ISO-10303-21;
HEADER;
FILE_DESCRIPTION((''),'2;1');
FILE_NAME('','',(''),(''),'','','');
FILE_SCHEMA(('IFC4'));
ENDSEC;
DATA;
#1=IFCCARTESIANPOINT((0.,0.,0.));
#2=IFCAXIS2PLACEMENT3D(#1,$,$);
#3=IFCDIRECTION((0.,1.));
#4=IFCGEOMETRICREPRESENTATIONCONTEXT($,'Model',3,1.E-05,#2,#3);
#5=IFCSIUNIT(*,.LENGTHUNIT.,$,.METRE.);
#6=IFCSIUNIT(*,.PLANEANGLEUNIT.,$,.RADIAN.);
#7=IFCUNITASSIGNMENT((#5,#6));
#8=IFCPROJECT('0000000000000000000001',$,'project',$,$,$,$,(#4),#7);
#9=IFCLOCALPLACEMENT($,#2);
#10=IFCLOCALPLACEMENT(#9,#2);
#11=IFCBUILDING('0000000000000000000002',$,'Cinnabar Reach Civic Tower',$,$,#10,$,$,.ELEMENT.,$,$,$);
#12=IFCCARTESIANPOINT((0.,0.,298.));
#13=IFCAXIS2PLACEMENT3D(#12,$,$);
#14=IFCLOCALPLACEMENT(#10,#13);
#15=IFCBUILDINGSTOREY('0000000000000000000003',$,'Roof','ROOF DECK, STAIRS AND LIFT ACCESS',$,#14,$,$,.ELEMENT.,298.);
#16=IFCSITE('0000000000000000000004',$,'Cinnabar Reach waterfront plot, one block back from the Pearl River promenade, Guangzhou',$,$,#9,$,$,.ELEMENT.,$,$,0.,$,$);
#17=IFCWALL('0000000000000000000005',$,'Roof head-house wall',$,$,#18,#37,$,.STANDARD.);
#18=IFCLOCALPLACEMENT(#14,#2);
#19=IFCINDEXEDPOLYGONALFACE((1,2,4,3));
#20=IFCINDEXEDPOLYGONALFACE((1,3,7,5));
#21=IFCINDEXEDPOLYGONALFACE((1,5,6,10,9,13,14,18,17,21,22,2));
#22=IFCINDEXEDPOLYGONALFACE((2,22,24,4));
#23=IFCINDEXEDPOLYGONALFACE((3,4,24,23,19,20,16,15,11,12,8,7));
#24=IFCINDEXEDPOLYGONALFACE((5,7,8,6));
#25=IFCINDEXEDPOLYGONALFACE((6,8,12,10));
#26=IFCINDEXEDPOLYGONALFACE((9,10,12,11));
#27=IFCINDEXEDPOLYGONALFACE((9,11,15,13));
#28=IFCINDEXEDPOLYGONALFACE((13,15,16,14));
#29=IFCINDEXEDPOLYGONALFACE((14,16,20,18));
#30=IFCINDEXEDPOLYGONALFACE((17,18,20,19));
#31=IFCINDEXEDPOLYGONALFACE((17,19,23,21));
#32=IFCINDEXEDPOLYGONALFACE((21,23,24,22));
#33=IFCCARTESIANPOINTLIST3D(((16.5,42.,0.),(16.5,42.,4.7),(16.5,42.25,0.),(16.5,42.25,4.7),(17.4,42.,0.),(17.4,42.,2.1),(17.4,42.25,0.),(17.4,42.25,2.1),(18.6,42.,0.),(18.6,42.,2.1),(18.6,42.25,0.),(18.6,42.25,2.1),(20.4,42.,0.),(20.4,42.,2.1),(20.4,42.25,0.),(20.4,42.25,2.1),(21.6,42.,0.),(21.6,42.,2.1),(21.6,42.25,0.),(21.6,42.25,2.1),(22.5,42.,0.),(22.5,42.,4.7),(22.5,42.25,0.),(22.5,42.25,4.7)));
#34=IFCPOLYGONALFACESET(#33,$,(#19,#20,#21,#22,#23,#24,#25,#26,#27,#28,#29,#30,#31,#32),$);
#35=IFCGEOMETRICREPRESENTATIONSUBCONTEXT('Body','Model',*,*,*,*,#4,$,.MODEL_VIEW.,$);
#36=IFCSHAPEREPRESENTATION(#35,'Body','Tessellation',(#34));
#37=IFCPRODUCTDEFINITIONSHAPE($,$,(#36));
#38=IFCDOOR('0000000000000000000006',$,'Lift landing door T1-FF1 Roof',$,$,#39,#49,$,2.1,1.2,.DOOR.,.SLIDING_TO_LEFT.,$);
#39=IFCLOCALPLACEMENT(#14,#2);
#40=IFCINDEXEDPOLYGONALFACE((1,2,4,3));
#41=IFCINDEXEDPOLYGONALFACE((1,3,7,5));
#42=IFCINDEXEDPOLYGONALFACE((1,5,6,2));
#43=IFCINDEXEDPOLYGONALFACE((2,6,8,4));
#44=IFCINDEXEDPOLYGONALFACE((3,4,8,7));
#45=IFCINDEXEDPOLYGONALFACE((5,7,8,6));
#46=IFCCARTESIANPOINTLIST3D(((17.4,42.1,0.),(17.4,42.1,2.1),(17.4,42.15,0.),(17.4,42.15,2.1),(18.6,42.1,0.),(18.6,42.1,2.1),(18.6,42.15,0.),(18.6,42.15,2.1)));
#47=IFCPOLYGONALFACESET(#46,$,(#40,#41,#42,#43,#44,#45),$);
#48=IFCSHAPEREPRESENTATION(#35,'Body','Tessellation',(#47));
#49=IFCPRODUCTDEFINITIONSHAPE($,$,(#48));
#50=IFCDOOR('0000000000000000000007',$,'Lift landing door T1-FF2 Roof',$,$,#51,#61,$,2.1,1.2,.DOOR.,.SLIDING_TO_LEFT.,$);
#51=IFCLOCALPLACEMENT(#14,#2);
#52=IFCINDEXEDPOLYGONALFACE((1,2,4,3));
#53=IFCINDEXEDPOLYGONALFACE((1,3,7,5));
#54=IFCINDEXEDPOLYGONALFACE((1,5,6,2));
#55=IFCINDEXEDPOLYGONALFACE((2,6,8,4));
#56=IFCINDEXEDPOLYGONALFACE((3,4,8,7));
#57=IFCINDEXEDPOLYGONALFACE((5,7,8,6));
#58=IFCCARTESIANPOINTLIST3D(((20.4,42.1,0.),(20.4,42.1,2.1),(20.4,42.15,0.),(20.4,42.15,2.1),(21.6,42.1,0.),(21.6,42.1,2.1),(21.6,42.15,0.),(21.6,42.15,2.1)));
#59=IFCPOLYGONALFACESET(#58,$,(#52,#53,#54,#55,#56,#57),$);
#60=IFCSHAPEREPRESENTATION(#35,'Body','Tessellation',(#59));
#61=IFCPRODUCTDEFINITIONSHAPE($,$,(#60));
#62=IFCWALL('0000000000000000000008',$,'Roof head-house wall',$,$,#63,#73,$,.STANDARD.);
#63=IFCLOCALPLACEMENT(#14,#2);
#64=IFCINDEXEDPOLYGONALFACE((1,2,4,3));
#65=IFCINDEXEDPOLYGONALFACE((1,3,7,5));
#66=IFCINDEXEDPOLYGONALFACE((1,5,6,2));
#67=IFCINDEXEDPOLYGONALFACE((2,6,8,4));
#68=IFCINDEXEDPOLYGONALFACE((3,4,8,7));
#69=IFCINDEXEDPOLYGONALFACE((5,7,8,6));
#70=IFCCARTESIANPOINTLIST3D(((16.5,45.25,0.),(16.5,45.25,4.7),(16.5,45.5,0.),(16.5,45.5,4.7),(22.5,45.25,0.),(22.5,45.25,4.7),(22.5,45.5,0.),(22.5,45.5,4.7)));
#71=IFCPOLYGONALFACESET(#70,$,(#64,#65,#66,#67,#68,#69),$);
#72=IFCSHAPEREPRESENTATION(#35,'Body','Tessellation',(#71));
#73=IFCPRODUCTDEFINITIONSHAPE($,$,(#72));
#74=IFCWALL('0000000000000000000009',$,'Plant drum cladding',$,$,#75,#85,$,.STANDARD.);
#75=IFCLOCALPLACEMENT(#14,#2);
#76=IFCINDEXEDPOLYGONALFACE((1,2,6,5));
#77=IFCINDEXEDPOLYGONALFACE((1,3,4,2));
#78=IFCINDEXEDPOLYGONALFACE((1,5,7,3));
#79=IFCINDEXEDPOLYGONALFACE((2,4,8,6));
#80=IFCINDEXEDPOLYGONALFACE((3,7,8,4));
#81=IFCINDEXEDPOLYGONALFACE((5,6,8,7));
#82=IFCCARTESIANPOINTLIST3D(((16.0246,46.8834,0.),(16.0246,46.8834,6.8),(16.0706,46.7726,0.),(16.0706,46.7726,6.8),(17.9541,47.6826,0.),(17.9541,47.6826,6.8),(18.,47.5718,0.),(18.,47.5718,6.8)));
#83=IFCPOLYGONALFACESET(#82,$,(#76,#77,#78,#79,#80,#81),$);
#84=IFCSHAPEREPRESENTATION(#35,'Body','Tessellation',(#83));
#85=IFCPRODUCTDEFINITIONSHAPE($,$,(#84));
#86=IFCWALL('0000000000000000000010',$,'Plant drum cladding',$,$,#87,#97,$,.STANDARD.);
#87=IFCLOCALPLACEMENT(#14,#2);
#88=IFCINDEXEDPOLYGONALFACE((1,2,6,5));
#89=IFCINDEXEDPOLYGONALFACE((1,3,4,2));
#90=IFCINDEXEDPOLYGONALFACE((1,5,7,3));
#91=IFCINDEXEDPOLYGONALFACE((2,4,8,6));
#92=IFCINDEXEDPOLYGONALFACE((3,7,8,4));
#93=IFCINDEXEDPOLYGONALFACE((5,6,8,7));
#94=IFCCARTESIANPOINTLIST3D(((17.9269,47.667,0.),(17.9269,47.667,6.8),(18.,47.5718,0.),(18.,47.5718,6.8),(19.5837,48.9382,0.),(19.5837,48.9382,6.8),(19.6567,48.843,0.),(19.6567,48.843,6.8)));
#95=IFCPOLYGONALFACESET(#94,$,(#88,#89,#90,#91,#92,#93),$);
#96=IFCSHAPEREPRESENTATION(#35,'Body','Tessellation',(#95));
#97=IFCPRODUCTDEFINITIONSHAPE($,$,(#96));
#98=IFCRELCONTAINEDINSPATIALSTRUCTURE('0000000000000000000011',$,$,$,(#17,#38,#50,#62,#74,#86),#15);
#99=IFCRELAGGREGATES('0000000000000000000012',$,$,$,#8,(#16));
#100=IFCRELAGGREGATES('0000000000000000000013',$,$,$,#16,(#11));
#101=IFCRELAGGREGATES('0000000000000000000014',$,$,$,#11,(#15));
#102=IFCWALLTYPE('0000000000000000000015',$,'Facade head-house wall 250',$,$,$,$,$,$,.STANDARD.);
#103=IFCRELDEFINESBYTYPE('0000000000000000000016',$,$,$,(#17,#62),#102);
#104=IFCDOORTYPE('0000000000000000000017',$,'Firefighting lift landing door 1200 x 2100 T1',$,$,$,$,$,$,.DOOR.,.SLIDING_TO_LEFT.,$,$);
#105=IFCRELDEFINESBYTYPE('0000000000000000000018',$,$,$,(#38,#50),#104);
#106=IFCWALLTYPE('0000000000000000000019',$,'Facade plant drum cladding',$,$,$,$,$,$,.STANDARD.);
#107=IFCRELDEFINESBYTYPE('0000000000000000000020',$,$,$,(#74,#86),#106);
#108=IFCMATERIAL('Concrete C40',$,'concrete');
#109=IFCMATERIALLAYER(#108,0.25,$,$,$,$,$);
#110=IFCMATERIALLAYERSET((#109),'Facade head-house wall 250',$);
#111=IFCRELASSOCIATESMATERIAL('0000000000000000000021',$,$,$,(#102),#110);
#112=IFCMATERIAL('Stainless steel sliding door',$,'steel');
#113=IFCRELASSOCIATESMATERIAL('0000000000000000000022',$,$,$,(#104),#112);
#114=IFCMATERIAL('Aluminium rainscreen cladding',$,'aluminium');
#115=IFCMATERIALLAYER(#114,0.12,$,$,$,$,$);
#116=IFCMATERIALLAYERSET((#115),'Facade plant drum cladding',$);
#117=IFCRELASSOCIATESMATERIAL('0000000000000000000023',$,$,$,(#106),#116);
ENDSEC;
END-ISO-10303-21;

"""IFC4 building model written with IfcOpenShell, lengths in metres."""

from ifc_helpers import new_model, si_unit, direction, frame, frame_2d, origin, place, context, subcontext, project, spatial, rectangle, extrude, material, layer, layer_set, type_object, element, fill, save


model = new_model("IFC4")

# Units and contexts
model_context = context("Model", 3, precision=1e-05, world=origin(), true_north=direction((0.0, 1.0)))
body_context = subcontext(model_context, "Body", "Model", "MODEL_VIEW")
ifc_project = project(units=[si_unit("LENGTHUNIT", "METRE"), si_unit("PLANEANGLEUNIT", "RADIAN")], contexts=[model_context])

# Site, building, storey
site_placement = place(None, origin())
site = spatial("IfcSite", under=ifc_project, at=site_placement, Name="Cinnabar Reach waterfront plot, one block back from the Pearl River promenade, Guangzhou", CompositionType="ELEMENT", RefElevation=0.0)
building_placement = place(site_placement, origin())
building = spatial("IfcBuilding", under=site, at=building_placement, Name="Cinnabar Reach Civic Tower", CompositionType="ELEMENT")
storey_placement = place(building_placement, frame((0.0, 0.0, 298.0)))
storey = spatial("IfcBuildingStorey", under=building, at=storey_placement, Name="Roof", Description="ROOF DECK, STAIRS AND LIFT ACCESS", CompositionType="ELEMENT", Elevation=298.0)

# Shared definitions
ifc_material_1 = material(Name="Concrete C40", Category="concrete")

# Shared definitions
ifc_layer_1 = layer(ifc_material_1, 0.25)
ifc_layer_set_1 = layer_set([ifc_layer_1], Name="Facade head-house wall 250")
wall_type_1 = type_object("IfcWallType", Name="Facade head-house wall 250", PredefinedType="STANDARD", material=ifc_layer_set_1)

# Wall, openings, doors
wall_1_placement = place(storey_placement, frame((16.5, 42.125, 0.0), z_axis=(0.0, 0.0, 1.0), x_axis=(1.0, 0.0, 0.0)))
wall_1 = element("IfcWall", 1, at=wall_1_placement, inside=storey, type_object=wall_type_1, Name="Roof head-house wall", PredefinedType="STANDARD", context=body_context, shape_type="SweptSolid", body=[
    extrude(rectangle(XDim=6.0, YDim=0.25, at=frame_2d((3.0, 0.0))), origin(), (0.0, 0.0, 1.0), 4.7),
])
opening_1_placement = place(wall_1_placement, frame((0.9, 0.0, 0.0)))
opening_1 = element("IfcOpeningElement", 2, at=opening_1_placement, cuts=wall_1, PredefinedType="OPENING", context=body_context, shape_type="SweptSolid", body=[
    extrude(rectangle(XDim=1.2, YDim=2.1, at=frame_2d((0.6, 1.05))), frame((0.0, 0.135, 0.0), z_axis=(0.0, -1.0, 0.0), x_axis=(1.0, 0.0, 0.0)), (0.0, 0.0, 1.0), 0.27),
])
opening_2_placement = place(wall_1_placement, frame((3.9, 0.0, 0.0)))
opening_2 = element("IfcOpeningElement", 3, at=opening_2_placement, cuts=wall_1, PredefinedType="OPENING", context=body_context, shape_type="SweptSolid", body=[
    extrude(rectangle(XDim=1.2, YDim=2.1, at=frame_2d((0.6, 1.05))), frame((0.0, 0.135, 0.0), z_axis=(0.0, -1.0, 0.0), x_axis=(1.0, 0.0, 0.0)), (0.0, 0.0, 1.0), 0.27),
])
ifc_material_2 = material(Name="Stainless steel sliding door", Category="steel")
door_type_1 = type_object("IfcDoorType", Name="Firefighting lift landing door 1200 x 2100 T1", OperationType="SLIDING_TO_LEFT", PredefinedType="DOOR", material=ifc_material_2)
door_1_placement = place(opening_1_placement, origin())
door_1 = element("IfcDoor", 4, at=door_1_placement, inside=storey, type_object=door_type_1, Name="Lift landing door T1-FF1 Roof", OperationType="SLIDING_TO_LEFT", OverallHeight=2.1, OverallWidth=1.2, PredefinedType="DOOR", context=body_context, shape_type="SweptSolid", body=[
    extrude(rectangle(XDim=1.2, YDim=2.1, at=frame_2d((0.6, 1.05))), frame((0.0, 0.025, 0.0), z_axis=(0.0, -1.0, 0.0), x_axis=(1.0, 0.0, 0.0)), (0.0, 0.0, 1.0), 0.05),
])
fill(opening_1, door_1)
door_2_placement = place(opening_2_placement, origin())
door_2 = element("IfcDoor", 5, at=door_2_placement, inside=storey, type_object=door_type_1, Name="Lift landing door T1-FF2 Roof", OperationType="SLIDING_TO_LEFT", OverallHeight=2.1, OverallWidth=1.2, PredefinedType="DOOR", context=body_context, shape_type="SweptSolid", body=[
    extrude(rectangle(XDim=1.2, YDim=2.1, at=frame_2d((0.6, 1.05))), frame((0.0, 0.025, 0.0), z_axis=(0.0, -1.0, 0.0), x_axis=(1.0, 0.0, 0.0)), (0.0, 0.0, 1.0), 0.05),
])
fill(opening_2, door_2)

# Walls
wall_2_placement = place(storey_placement, frame((16.5, 45.375, 0.0), z_axis=(0.0, 0.0, 1.0), x_axis=(1.0, 0.0, 0.0)))
element("IfcWall", 6, at=wall_2_placement, inside=storey, type_object=wall_type_1, Name="Roof head-house wall", PredefinedType="STANDARD", context=body_context, shape_type="SweptSolid", body=[
    extrude(rectangle(XDim=6.0, YDim=0.25, at=frame_2d((3.0, 0.0))), origin(), (0.0, 0.0, 1.0), 4.7),
])
ifc_material_3 = material(Name="Aluminium rainscreen cladding", Category="aluminium")
ifc_layer_2 = layer(ifc_material_3, 0.12)
ifc_layer_set_2 = layer_set([ifc_layer_2], Name="Facade plant drum cladding")
wall_type_2 = type_object("IfcWallType", Name="Facade plant drum cladding", PredefinedType="STANDARD", material=ifc_layer_set_2)
wall_3_placement = place(storey_placement, frame((16.0476, 46.828, 0.0), z_axis=(0.0, 0.0, 1.0), x_axis=(0.923877, 0.38269, 0.0)))
element("IfcWall", 7, at=wall_3_placement, inside=storey, type_object=wall_type_2, Name="Plant drum cladding", PredefinedType="STANDARD", context=body_context, shape_type="SweptSolid", body=[
    extrude(rectangle(XDim=2.0884, YDim=0.12, at=frame_2d((1.0442, 0.0))), origin(), (0.0, 0.0, 1.0), 6.8),
])
wall_4_placement = place(storey_placement, frame((17.9635, 47.6194, 0.0), z_axis=(0.0, 0.0, 1.0), x_axis=(0.793355, 0.608759, 0.0)))
element("IfcWall", 8, at=wall_4_placement, inside=storey, type_object=wall_type_2, Name="Plant drum cladding", PredefinedType="STANDARD", context=body_context, shape_type="SweptSolid", body=[
    extrude(rectangle(XDim=2.0883, YDim=0.12, at=frame_2d((1.0441, 0.0))), origin(), (0.0, 0.0, 1.0), 6.8),
])

save(model, "model.ifc")
